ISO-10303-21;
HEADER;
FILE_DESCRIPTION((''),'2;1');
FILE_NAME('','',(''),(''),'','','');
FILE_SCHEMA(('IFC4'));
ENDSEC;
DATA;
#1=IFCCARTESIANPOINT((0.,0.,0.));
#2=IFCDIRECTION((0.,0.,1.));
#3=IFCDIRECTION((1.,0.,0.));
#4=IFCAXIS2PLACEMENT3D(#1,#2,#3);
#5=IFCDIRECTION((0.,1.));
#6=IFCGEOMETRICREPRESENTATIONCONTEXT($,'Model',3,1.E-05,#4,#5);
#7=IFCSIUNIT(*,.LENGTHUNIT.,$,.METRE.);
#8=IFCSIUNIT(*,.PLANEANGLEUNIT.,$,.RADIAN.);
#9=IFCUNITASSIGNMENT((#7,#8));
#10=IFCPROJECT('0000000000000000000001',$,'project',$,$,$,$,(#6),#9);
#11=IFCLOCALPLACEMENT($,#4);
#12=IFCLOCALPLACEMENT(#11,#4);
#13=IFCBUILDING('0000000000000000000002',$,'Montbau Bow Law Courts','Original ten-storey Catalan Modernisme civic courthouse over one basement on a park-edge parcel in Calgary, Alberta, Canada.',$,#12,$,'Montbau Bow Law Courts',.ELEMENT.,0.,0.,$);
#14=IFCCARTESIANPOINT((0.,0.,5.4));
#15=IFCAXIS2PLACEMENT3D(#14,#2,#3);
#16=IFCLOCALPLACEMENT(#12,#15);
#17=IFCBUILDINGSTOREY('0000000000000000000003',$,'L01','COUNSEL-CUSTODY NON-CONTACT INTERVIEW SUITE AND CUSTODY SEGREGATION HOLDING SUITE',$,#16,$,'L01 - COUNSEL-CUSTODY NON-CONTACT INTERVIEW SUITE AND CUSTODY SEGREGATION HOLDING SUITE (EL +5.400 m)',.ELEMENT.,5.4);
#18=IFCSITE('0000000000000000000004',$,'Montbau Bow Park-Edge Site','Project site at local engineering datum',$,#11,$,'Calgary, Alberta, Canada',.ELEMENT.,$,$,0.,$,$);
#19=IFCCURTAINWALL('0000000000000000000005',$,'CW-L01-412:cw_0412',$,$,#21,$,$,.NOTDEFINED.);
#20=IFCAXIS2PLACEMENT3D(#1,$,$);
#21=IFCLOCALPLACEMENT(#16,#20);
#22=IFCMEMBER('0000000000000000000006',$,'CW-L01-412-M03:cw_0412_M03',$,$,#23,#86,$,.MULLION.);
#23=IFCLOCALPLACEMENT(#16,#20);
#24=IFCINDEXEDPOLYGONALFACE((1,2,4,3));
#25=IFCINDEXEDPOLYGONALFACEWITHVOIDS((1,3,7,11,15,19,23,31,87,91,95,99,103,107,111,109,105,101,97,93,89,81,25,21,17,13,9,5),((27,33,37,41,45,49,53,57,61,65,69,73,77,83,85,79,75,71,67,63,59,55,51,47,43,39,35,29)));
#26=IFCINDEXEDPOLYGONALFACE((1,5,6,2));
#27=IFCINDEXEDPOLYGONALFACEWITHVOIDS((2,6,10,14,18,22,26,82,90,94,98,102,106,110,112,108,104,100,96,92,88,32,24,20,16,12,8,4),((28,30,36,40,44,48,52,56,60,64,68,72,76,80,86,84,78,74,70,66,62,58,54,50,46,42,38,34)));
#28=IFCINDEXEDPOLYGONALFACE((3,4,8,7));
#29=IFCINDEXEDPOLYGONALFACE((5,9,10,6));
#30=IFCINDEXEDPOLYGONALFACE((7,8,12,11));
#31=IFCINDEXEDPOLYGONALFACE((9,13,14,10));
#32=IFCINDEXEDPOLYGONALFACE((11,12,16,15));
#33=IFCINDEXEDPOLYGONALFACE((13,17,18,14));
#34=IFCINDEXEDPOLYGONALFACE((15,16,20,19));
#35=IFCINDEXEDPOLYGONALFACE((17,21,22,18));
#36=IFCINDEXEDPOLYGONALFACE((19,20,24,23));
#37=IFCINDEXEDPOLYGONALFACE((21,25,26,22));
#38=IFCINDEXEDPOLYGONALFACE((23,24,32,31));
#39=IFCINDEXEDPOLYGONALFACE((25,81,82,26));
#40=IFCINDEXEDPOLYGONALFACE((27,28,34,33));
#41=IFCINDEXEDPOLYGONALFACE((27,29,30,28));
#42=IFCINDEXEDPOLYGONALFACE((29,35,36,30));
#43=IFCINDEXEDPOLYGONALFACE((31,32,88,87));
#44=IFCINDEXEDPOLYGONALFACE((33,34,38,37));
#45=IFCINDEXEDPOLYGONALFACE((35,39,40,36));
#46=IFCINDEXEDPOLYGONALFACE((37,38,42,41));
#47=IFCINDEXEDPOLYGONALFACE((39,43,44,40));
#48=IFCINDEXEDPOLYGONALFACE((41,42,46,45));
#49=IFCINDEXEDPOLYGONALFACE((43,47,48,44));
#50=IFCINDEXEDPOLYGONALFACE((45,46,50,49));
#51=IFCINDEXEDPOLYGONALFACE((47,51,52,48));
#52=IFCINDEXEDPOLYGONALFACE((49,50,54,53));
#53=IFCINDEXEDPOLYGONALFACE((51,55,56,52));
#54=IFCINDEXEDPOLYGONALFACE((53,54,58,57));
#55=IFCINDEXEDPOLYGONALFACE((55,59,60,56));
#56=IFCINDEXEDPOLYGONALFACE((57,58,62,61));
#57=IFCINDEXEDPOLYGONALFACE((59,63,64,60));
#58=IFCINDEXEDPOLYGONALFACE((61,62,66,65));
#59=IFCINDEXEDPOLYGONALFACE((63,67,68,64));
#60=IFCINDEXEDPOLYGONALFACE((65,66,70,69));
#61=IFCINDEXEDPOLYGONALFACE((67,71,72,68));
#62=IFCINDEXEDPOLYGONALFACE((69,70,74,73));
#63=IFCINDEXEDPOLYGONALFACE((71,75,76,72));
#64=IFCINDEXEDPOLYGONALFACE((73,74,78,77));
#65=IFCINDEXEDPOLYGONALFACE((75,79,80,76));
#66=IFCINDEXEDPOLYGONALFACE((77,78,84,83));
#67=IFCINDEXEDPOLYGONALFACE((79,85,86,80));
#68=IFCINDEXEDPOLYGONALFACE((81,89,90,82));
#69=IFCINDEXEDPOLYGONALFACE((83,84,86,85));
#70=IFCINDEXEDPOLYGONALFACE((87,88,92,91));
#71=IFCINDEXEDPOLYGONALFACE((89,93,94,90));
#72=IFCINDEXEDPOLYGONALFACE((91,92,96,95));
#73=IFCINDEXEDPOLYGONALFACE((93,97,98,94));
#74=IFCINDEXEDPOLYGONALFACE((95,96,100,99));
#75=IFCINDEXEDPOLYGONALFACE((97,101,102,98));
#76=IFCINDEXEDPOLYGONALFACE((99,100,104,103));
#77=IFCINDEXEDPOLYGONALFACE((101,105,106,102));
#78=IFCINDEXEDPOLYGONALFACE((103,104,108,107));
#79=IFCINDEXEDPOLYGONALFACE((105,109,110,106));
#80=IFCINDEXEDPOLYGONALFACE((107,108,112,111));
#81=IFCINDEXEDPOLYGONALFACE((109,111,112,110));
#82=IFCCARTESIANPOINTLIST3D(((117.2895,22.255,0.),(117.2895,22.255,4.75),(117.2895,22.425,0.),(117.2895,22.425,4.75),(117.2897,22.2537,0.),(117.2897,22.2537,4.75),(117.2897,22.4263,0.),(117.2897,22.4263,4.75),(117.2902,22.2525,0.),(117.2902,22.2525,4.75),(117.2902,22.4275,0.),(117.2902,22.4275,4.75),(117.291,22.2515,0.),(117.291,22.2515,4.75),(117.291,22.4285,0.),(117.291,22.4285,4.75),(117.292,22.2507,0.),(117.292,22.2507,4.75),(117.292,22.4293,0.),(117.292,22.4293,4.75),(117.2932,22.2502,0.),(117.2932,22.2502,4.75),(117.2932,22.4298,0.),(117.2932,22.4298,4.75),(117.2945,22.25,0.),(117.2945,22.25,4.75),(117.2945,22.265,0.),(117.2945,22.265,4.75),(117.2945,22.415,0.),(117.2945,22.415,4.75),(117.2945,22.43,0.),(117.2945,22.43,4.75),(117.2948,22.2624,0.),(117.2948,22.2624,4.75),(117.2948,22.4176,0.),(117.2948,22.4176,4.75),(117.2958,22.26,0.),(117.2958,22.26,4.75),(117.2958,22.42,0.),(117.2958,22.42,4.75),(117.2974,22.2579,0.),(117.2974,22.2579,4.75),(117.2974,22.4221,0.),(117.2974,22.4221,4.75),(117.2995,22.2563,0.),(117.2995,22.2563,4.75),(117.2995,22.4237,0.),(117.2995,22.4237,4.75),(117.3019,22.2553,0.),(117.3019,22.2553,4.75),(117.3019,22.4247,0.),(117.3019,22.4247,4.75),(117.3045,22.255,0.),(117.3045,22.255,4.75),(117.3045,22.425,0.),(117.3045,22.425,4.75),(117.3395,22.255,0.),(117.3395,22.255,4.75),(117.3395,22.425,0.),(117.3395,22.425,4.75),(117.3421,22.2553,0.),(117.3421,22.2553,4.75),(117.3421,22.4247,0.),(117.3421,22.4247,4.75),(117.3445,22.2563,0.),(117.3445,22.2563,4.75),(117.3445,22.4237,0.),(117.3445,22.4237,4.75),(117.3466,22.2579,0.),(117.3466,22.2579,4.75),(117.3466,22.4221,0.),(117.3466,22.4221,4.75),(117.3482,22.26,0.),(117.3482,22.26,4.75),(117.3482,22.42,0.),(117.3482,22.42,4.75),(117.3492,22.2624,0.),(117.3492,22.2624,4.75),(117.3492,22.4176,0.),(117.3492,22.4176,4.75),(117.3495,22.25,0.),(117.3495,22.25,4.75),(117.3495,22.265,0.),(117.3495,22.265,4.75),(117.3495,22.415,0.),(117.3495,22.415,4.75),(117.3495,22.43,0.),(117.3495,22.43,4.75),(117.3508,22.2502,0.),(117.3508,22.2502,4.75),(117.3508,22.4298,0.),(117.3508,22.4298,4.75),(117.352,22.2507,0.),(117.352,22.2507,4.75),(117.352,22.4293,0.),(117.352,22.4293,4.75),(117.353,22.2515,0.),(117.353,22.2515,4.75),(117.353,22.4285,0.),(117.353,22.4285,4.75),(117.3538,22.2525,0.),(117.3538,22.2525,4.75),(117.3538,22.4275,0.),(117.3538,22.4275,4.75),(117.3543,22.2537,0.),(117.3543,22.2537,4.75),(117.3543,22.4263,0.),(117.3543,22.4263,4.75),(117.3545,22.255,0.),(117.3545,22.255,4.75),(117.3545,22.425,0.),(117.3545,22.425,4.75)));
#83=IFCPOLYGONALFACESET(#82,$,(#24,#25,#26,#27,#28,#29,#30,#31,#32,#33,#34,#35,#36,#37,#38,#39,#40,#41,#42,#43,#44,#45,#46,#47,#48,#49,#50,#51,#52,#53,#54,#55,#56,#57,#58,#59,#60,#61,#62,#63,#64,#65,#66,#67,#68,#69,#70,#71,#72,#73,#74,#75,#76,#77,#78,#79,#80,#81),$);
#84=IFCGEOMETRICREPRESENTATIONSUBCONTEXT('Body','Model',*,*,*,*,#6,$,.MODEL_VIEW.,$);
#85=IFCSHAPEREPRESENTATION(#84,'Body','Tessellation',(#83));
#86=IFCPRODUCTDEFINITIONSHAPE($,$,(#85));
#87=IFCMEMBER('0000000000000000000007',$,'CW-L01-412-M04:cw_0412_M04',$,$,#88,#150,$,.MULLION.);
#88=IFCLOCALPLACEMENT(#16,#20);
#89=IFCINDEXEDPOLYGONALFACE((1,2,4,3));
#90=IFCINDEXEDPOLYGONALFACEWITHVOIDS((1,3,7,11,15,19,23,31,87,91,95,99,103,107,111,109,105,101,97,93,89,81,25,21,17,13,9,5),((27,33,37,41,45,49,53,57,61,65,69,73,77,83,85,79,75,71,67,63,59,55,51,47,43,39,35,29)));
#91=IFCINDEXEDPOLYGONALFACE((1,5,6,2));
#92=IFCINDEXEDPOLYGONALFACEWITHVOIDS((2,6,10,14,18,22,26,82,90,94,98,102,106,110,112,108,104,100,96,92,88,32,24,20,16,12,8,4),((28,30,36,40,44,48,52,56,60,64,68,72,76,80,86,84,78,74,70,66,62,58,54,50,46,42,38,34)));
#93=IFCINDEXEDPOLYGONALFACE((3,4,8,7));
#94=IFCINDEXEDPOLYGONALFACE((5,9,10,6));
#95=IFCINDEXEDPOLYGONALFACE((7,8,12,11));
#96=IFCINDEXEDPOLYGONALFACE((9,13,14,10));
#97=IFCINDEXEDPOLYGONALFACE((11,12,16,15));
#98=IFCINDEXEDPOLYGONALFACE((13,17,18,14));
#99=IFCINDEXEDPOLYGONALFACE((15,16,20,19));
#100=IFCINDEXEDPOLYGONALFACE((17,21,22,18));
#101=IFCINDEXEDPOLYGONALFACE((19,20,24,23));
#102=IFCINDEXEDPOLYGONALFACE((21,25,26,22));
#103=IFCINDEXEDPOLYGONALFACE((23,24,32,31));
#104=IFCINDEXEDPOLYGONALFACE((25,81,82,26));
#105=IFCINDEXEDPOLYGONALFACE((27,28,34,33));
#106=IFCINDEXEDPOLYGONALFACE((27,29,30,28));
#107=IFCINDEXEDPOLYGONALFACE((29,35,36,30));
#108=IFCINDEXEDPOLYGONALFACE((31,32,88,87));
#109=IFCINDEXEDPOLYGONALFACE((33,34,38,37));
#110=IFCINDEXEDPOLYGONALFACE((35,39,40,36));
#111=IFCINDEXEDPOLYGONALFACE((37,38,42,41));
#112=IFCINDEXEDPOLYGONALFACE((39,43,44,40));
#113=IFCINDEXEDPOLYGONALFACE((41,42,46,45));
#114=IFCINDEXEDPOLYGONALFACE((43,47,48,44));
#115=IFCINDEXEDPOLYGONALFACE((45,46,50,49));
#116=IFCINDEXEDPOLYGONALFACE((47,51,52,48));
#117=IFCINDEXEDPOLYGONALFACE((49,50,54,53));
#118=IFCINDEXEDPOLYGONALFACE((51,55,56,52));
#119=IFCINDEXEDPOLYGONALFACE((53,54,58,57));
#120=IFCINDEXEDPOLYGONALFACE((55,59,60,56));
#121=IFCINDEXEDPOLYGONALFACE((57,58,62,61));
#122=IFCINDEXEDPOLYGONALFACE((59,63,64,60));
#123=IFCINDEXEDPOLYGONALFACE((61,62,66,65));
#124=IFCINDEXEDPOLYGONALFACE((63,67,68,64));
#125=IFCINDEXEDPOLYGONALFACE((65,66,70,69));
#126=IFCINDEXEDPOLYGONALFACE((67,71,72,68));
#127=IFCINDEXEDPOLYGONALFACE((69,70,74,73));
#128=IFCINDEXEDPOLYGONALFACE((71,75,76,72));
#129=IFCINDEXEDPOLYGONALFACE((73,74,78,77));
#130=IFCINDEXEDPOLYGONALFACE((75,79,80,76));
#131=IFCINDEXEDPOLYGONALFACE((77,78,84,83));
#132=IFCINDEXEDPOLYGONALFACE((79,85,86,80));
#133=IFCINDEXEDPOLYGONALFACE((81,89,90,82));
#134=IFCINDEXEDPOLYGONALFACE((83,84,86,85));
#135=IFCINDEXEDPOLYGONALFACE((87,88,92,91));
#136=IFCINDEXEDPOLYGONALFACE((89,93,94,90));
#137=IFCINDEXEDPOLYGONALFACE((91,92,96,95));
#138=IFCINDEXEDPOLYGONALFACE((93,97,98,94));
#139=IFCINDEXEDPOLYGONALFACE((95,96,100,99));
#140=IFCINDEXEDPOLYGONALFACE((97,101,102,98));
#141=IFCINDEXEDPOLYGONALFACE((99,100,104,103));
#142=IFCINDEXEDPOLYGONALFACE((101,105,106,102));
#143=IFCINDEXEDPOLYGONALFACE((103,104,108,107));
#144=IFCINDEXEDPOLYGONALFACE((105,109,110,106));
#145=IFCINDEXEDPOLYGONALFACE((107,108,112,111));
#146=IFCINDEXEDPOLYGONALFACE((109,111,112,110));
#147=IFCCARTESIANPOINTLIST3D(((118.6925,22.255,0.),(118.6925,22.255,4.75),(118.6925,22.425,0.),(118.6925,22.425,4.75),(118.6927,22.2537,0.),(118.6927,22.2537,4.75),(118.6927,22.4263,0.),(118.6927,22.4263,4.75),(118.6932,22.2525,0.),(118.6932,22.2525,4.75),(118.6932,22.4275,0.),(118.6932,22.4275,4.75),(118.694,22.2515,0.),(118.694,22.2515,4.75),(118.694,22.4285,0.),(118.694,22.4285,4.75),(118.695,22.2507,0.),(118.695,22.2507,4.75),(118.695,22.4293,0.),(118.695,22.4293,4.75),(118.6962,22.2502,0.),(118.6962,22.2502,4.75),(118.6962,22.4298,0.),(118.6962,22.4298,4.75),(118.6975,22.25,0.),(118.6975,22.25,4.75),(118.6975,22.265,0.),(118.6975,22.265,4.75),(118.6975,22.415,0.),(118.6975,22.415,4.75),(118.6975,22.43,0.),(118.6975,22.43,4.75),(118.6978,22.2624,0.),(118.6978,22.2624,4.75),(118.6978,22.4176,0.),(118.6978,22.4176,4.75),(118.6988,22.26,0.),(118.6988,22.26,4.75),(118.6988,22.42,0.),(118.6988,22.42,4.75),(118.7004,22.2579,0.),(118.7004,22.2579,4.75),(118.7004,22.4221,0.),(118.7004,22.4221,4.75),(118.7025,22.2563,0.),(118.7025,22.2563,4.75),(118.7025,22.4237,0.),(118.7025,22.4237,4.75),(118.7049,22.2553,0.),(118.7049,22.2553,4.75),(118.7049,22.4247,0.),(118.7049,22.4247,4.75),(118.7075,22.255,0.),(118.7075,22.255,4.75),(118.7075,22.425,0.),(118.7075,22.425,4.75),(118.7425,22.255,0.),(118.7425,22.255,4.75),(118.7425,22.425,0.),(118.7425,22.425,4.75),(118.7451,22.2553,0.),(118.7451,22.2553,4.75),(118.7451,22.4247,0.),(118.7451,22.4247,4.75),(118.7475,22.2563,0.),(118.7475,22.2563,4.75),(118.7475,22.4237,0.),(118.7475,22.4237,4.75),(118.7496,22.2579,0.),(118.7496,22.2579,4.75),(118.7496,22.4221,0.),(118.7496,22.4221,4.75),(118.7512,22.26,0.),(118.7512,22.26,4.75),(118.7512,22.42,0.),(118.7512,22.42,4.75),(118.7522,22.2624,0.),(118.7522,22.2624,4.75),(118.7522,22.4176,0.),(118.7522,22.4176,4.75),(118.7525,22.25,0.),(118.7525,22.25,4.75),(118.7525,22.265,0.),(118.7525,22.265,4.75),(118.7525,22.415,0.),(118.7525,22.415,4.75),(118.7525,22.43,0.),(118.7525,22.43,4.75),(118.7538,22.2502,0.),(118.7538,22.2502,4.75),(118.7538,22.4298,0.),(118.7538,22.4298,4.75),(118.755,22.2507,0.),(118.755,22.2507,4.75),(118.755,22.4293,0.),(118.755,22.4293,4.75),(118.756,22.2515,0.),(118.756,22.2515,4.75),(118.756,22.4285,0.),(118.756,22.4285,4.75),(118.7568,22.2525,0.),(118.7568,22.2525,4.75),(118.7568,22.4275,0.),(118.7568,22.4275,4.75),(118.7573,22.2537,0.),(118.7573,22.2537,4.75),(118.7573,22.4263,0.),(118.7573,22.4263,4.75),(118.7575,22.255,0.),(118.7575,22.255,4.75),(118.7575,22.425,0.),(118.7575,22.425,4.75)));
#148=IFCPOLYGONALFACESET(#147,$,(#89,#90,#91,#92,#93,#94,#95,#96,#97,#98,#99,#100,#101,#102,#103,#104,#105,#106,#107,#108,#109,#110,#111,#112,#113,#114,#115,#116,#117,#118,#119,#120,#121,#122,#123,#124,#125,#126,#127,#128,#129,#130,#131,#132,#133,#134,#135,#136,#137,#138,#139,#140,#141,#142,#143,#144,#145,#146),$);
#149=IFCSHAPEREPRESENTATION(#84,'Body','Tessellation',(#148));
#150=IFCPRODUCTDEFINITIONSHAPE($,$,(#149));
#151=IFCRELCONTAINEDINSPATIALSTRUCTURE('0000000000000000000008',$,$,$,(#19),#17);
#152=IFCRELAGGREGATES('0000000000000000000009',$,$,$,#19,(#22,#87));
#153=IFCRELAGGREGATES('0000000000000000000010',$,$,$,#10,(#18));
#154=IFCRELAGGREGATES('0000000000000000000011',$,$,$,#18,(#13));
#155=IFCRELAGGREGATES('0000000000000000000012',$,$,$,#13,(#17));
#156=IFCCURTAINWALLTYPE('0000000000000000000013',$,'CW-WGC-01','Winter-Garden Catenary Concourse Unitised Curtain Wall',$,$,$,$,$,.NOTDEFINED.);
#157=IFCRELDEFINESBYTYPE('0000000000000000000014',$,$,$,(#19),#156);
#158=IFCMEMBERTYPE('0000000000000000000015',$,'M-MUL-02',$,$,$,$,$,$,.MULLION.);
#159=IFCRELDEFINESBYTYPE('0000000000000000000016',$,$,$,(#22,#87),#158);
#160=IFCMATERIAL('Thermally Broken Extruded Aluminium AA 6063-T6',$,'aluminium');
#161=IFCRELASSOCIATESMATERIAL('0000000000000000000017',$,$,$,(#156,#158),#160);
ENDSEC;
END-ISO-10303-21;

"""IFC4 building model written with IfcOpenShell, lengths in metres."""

from ifc_helpers import new_model, si_unit, direction, frame, origin_with_axes, origin_2d_with_axis, place, context, subcontext, project, spatial, hollow_rectangle, extrude, material, material_profile, profile_set, type_object, element, aggregate, save


model = new_model("IFC4")

# Units and contexts
model_context = context("Model", 3, precision=1e-05, world=origin_with_axes(), true_north=direction((0.0, 1.0)))
body_context = subcontext(model_context, "Body", "Model", "MODEL_VIEW")
ifc_project = project(units=[si_unit("LENGTHUNIT", "METRE"), si_unit("PLANEANGLEUNIT", "RADIAN")], contexts=[model_context])

# Site, building, storey
site_placement = place(None, origin_with_axes())
site = spatial("IfcSite", under=ifc_project, at=site_placement, Name="Montbau Bow Park-Edge Site", Description="Project site at local engineering datum", LongName="Calgary, Alberta, Canada", CompositionType="ELEMENT", RefElevation=0.0)
building_placement = place(site_placement, origin_with_axes())
building = spatial("IfcBuilding", under=site, at=building_placement, Name="Montbau Bow Law Courts", Description="Original ten-storey Catalan Modernisme civic courthouse over one basement on a park-edge parcel in Calgary, Alberta, Canada.", LongName="Montbau Bow Law Courts", CompositionType="ELEMENT", ElevationOfRefHeight=0.0, ElevationOfTerrain=0.0)
storey_placement = place(building_placement, frame((0.0, 0.0, 5.4), z_axis=(0.0, 0.0, 1.0), x_axis=(1.0, 0.0, 0.0)))
storey = spatial("IfcBuildingStorey", under=building, at=storey_placement, Name="L01", Description="COUNSEL-CUSTODY NON-CONTACT INTERVIEW SUITE AND CUSTODY SEGREGATION HOLDING SUITE", LongName="L01 - COUNSEL-CUSTODY NON-CONTACT INTERVIEW SUITE AND CUSTODY SEGREGATION HOLDING SUITE (EL +5.400 m)", CompositionType="ELEMENT", Elevation=5.4)

# Shared definitions
ifc_material_1 = material(Name="Thermally Broken Extruded Aluminium AA 6063-T6", Category="aluminium")
curtain_wall_type = type_object("IfcCurtainWallType", Name="CW-WGC-01", Description="Winter-Garden Catenary Concourse Unitised Curtain Wall", PredefinedType="NOTDEFINED", material=ifc_material_1)

# Curtain wall, members
curtain_wall_1_placement = place(None, frame((114.515, 22.34, 5.4), z_axis=(0.0, 0.0, 1.0), x_axis=(1.0, 0.0, 0.0)))
curtain_wall_1 = element("IfcCurtainWall", 1, at=curtain_wall_1_placement, inside=storey, type_object=curtain_wall_type, Name="CW-L01-412:cw_0412", PredefinedType="NOTDEFINED")
ifc_material_profile_1 = material_profile(ifc_material_1, hollow_rectangle(XDim=0.065, YDim=0.18, WallThickness=0.005, InnerFilletRadius=0.01, OuterFilletRadius=0.005, at=origin_2d_with_axis()), Name="CWM-180X65", Category="Main", Priority=0)
ifc_profile_set_1 = profile_set([ifc_material_profile_1], Name="Thermally Broken Extruded Aluminium AA 6063-T6")
member_type_1 = type_object("IfcMemberType", Name="M-MUL-02", PredefinedType="MULLION", material=ifc_profile_set_1)
member_1_placement = place(None, frame((117.322, 22.34, 5.4), z_axis=(0.0, 0.0, 1.0), x_axis=(1.0, 0.0, 0.0)))
member_1 = element("IfcMember", 2, at=member_1_placement, type_object=member_type_1, Name="CW-L01-412-M03:cw_0412_M03", PredefinedType="MULLION", context=body_context, shape_type="SweptSolid", body=[
    extrude(hollow_rectangle(XDim=0.065, YDim=0.18, WallThickness=0.005, InnerFilletRadius=0.01, OuterFilletRadius=0.005, at=origin_2d_with_axis()), origin_with_axes(), (0.0, 0.0, 1.0), 4.75),
])
member_2_placement = place(None, frame((118.725, 22.34, 5.4), z_axis=(0.0, 0.0, 1.0), x_axis=(1.0, 0.0, 0.0)))
member_2 = element("IfcMember", 3, at=member_2_placement, type_object=member_type_1, Name="CW-L01-412-M04:cw_0412_M04", PredefinedType="MULLION", context=body_context, shape_type="SweptSolid", body=[
    extrude(hollow_rectangle(XDim=0.065, YDim=0.18, WallThickness=0.005, InnerFilletRadius=0.01, OuterFilletRadius=0.005, at=origin_2d_with_axis()), origin_with_axes(), (0.0, 0.0, 1.0), 4.75),
])
aggregate(curtain_wall_1, [member_1, member_2])

save(model, "model.ifc")
